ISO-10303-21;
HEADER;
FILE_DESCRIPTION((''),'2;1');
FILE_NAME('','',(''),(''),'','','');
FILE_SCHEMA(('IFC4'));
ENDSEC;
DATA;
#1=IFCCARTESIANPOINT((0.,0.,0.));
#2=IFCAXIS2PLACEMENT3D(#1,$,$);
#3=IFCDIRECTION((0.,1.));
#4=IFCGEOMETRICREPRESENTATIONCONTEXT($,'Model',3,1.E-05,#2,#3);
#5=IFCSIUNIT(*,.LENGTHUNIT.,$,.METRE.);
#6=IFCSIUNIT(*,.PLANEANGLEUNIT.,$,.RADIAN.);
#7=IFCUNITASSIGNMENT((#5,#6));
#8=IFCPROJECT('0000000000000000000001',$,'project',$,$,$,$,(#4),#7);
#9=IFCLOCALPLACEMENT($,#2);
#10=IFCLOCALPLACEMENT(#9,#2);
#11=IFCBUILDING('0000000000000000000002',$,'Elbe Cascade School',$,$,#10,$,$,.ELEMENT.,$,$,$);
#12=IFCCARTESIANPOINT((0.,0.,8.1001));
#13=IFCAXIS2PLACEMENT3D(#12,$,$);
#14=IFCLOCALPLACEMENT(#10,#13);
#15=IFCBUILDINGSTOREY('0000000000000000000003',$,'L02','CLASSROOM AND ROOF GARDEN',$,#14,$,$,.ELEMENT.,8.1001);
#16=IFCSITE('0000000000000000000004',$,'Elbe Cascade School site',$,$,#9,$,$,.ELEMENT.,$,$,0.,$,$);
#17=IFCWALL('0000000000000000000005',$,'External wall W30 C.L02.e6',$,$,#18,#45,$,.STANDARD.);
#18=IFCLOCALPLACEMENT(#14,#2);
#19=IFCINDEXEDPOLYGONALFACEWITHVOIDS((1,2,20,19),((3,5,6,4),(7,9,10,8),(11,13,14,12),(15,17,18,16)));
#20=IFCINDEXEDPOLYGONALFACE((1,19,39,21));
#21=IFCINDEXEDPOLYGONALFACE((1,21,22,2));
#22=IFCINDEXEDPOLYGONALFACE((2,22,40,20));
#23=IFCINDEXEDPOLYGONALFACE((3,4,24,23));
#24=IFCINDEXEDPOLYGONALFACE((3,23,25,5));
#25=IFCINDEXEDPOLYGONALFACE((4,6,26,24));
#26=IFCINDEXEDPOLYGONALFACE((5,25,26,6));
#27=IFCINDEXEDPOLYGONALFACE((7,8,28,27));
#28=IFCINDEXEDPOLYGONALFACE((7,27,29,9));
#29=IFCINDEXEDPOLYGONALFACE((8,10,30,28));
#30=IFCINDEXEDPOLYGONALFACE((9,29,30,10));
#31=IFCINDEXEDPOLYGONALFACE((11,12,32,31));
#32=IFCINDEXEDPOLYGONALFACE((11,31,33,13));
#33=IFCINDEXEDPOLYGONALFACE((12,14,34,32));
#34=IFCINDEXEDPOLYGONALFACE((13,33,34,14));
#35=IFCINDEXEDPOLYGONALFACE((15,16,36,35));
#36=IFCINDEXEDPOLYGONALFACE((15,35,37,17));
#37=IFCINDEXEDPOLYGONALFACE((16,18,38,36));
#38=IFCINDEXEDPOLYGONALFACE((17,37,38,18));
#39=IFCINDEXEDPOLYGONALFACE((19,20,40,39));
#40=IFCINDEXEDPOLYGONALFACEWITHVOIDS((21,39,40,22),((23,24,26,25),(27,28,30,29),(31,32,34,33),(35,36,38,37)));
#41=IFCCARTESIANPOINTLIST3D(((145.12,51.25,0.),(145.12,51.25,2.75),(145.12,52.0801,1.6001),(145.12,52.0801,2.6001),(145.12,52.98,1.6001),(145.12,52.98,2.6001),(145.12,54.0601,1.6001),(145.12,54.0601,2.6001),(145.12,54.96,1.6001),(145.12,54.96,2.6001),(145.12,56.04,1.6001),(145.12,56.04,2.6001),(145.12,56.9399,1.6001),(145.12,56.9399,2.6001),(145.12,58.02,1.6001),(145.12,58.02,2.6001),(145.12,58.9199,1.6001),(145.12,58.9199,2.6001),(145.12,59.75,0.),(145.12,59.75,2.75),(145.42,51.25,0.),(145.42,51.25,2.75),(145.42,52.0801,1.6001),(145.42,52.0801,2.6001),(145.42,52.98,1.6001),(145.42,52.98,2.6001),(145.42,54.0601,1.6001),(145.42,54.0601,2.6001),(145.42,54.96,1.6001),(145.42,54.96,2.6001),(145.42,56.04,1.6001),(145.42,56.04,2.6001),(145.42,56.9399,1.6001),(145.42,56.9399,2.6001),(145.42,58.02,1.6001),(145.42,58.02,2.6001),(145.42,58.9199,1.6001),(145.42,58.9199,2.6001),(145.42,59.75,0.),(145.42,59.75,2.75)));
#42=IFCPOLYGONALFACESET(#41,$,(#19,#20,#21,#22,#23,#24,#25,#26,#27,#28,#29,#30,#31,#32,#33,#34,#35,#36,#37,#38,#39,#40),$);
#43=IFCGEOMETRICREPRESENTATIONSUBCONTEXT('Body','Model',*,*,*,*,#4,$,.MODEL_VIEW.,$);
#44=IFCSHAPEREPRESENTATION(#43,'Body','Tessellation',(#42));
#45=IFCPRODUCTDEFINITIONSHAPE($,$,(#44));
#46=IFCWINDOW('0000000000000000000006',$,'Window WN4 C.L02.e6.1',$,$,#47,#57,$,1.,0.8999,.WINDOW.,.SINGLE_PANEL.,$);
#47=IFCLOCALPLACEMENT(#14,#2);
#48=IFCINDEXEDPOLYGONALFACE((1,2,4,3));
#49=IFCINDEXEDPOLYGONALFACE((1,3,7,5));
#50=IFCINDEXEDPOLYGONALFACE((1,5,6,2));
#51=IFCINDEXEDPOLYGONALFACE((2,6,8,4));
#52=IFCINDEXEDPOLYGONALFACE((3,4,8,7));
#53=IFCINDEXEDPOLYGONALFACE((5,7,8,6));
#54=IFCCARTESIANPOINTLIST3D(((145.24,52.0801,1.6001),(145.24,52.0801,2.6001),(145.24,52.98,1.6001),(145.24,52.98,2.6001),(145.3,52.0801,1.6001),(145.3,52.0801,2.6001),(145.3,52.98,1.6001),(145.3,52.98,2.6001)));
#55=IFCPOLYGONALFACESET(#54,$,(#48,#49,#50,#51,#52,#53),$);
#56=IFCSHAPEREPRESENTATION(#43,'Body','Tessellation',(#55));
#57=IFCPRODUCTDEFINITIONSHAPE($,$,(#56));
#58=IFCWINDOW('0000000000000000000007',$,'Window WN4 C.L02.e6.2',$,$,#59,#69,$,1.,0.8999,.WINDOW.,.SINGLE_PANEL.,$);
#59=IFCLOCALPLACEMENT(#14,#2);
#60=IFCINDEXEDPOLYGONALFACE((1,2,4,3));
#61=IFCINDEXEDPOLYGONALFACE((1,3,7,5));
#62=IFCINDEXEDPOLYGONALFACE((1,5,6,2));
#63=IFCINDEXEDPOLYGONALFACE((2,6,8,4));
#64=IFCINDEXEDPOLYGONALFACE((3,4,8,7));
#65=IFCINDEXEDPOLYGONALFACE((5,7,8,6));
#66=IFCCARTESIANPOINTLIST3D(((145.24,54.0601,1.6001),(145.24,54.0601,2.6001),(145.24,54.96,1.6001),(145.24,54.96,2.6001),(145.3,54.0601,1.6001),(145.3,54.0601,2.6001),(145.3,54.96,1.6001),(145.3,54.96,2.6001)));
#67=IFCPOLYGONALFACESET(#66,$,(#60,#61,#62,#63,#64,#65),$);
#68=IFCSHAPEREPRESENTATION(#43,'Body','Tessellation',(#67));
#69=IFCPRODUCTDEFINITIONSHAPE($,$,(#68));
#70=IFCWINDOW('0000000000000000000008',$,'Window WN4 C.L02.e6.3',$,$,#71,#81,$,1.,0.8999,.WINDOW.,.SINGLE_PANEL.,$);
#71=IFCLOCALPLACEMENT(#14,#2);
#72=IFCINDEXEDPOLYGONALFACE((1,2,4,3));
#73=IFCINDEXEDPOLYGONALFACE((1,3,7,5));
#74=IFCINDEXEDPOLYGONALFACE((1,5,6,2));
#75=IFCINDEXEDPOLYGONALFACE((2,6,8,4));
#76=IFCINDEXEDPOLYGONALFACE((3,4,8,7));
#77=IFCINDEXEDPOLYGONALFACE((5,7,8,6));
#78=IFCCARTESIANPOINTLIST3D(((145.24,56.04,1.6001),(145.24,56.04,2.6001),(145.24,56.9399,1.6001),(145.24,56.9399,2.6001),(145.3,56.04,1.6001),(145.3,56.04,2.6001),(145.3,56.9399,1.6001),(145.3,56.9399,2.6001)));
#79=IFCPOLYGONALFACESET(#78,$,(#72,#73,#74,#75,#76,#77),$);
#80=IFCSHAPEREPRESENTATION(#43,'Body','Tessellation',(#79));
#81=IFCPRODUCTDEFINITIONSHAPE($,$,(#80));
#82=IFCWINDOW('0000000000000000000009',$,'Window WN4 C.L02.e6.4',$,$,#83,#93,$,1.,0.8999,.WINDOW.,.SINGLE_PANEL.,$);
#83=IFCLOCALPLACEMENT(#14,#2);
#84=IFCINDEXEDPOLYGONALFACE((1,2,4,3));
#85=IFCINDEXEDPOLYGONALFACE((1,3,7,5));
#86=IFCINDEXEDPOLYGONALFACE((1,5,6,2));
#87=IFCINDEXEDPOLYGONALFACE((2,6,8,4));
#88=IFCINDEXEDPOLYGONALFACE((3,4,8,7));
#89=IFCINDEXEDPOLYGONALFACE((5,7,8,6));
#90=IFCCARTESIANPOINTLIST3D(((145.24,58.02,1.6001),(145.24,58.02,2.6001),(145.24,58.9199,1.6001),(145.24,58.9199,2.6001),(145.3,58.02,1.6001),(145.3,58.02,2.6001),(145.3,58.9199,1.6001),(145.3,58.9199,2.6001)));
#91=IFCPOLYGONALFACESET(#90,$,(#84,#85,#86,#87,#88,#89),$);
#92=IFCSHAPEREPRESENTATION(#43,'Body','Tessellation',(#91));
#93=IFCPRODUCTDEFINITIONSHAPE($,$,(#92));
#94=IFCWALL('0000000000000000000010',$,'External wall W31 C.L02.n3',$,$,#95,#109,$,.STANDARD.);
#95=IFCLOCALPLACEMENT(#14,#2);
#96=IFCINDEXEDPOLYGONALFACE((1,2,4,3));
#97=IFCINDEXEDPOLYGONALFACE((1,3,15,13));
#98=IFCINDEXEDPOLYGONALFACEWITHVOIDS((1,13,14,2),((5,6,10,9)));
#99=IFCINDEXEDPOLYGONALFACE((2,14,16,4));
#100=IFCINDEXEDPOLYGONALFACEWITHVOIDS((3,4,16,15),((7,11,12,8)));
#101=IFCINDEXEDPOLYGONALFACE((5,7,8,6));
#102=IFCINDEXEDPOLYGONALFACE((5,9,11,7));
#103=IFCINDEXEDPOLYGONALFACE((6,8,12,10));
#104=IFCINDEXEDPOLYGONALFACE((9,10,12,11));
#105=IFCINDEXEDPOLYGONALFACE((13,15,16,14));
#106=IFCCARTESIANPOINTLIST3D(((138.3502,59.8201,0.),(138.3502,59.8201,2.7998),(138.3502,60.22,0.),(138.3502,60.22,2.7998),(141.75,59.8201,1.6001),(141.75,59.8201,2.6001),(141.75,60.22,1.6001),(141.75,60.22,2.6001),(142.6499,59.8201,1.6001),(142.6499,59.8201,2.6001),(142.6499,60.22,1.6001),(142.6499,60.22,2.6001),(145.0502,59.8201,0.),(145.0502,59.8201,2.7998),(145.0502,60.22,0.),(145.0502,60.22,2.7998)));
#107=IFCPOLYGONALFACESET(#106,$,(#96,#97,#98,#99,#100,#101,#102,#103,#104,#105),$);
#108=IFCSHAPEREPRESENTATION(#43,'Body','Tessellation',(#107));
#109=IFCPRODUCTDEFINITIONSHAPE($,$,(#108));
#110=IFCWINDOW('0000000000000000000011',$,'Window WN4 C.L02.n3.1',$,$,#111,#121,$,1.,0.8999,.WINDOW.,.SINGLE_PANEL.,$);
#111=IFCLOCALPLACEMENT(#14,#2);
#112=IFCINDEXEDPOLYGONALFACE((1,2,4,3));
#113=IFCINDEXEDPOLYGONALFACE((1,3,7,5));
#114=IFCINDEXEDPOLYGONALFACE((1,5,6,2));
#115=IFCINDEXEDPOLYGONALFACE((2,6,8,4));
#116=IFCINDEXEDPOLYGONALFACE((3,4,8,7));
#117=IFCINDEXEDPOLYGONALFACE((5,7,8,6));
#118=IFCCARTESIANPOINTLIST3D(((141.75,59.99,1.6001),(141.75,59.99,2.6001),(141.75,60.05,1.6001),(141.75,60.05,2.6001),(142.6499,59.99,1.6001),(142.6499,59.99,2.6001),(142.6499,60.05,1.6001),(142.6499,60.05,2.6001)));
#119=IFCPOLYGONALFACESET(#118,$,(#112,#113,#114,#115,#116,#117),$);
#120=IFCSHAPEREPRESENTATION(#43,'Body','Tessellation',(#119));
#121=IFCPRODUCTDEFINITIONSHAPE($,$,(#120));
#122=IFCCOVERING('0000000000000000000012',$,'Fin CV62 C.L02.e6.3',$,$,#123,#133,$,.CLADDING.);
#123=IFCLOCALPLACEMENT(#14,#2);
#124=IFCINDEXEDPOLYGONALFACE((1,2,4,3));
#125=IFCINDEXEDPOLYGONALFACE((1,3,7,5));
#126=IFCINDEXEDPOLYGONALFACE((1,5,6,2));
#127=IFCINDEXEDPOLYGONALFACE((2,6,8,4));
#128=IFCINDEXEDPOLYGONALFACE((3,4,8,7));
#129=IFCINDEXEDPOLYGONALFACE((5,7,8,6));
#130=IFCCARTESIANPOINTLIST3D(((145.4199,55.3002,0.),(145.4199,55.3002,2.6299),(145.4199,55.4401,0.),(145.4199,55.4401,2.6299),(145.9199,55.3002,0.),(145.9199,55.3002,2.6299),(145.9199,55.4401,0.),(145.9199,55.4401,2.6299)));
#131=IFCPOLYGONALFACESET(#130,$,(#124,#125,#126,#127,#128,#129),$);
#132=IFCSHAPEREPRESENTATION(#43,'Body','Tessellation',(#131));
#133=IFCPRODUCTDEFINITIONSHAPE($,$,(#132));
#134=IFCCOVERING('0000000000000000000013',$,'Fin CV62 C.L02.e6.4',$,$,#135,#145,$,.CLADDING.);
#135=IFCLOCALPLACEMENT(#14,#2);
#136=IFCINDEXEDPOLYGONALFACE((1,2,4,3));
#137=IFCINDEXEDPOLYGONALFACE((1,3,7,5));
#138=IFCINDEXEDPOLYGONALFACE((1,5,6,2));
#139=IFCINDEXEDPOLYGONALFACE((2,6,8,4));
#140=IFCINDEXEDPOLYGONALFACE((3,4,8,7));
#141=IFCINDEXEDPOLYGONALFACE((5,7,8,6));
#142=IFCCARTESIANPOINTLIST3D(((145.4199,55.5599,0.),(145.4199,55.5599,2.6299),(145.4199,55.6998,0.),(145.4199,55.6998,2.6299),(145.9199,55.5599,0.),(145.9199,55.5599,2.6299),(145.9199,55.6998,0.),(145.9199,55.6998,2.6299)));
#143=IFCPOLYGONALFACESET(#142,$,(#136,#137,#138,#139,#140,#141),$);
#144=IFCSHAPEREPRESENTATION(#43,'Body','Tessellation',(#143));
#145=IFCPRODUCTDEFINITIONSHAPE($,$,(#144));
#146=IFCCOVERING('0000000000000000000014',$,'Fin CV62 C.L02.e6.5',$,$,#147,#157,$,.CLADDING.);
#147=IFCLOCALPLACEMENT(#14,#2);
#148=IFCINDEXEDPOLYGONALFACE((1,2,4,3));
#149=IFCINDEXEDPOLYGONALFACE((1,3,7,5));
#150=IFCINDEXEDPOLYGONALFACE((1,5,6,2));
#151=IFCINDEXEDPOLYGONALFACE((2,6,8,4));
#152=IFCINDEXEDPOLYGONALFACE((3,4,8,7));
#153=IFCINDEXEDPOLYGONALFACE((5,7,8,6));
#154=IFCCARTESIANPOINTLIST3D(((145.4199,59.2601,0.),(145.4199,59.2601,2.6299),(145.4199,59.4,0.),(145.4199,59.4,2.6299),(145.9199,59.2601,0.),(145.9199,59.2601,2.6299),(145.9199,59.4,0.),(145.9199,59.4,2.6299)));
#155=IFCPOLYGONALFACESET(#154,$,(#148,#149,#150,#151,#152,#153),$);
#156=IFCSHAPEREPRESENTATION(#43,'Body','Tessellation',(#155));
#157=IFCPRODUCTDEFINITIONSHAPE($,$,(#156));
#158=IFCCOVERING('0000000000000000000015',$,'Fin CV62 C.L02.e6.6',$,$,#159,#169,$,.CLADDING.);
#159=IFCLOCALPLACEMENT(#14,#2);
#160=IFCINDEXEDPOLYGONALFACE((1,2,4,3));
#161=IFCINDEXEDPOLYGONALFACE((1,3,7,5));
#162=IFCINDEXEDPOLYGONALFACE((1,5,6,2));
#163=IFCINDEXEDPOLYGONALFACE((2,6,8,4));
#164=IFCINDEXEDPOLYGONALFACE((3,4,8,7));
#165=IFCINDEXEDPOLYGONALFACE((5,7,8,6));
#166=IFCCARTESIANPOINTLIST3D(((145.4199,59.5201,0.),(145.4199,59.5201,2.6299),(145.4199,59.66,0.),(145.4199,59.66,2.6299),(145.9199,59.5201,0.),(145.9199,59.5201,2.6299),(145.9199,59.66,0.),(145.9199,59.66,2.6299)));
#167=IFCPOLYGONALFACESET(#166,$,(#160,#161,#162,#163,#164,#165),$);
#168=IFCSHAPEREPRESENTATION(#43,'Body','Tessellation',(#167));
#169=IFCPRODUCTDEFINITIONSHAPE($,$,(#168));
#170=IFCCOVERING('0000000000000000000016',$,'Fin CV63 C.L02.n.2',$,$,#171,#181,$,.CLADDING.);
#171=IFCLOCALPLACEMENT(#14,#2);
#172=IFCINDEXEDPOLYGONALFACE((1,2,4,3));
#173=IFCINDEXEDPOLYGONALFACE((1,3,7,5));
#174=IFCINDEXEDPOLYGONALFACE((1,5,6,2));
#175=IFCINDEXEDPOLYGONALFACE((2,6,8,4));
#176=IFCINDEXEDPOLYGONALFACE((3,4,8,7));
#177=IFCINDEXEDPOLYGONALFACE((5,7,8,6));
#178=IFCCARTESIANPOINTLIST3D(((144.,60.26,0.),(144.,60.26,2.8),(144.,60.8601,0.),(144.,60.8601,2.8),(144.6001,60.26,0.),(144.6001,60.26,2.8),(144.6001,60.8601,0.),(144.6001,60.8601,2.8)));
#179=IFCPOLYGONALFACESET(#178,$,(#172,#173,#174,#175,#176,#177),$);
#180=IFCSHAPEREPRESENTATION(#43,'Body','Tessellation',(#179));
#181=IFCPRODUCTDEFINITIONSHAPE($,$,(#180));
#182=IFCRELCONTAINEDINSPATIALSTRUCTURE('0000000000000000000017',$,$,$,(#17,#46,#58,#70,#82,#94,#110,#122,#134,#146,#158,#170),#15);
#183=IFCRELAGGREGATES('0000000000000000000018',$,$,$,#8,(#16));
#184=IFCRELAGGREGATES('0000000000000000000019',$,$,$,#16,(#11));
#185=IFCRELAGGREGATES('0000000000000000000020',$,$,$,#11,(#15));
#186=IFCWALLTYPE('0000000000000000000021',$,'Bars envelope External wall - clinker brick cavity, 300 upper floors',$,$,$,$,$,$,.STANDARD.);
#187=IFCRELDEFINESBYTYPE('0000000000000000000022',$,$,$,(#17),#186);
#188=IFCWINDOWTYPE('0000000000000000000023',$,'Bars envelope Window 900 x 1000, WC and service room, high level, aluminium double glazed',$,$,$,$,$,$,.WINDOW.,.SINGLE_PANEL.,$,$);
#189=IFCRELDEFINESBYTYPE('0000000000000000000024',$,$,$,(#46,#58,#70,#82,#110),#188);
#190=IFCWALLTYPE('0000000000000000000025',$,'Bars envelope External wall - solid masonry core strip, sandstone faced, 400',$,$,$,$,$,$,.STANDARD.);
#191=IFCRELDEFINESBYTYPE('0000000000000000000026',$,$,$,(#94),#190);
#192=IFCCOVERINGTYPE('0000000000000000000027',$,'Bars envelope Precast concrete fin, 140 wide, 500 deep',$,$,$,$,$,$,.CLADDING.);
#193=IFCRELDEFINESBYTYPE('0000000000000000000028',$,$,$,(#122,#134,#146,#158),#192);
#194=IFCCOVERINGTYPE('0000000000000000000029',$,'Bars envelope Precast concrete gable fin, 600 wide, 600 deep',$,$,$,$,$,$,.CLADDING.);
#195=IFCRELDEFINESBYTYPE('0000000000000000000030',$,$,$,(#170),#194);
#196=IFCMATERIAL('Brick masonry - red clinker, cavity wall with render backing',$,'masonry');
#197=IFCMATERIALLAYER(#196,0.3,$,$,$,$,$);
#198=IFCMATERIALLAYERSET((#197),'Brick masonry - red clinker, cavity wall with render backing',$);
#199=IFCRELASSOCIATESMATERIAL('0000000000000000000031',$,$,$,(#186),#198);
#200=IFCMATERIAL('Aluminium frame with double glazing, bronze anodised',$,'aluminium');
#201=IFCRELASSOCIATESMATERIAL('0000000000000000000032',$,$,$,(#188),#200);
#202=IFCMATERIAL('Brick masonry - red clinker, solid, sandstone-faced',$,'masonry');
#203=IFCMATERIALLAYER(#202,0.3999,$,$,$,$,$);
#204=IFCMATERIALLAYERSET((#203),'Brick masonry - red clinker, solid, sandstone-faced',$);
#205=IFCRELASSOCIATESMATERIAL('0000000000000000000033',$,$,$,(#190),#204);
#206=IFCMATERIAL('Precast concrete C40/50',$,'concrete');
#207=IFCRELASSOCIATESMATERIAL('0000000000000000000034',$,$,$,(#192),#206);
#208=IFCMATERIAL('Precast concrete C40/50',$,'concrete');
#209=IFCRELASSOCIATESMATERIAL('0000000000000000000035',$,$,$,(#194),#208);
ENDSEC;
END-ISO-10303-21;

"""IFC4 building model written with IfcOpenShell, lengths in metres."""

from ifc_helpers import new_model, si_unit, direction, frame, frame_2d, origin, origin_2d, place, context, subcontext, project, spatial, rectangle, extrude, material, layer, layer_set, type_object, element, fill, save


model = new_model("IFC4")

# Units and contexts
model_context = context("Model", 3, precision=1e-05, world=origin(), true_north=direction((0.0, 1.0)))
body_context = subcontext(model_context, "Body", "Model", "MODEL_VIEW")
ifc_project = project(units=[si_unit("LENGTHUNIT", "METRE"), si_unit("PLANEANGLEUNIT", "RADIAN")], contexts=[model_context])

# Site, building, storey
site_placement = place(None, origin())
site = spatial("IfcSite", under=ifc_project, at=site_placement, Name="Elbe Cascade School site", CompositionType="ELEMENT", RefElevation=0.0)
building_placement = place(site_placement, origin())
building = spatial("IfcBuilding", under=site, at=building_placement, Name="Elbe Cascade School", CompositionType="ELEMENT")
storey_placement = place(building_placement, frame((0.0, 0.0, 8.1001)))
storey = spatial("IfcBuildingStorey", under=building, at=storey_placement, Name="L02", Description="CLASSROOM AND ROOF GARDEN", CompositionType="ELEMENT", Elevation=8.1001)

# Wall, openings, windows
ifc_material_1 = material(Name="Brick masonry - red clinker, cavity wall with render backing", Category="masonry")
ifc_layer_1 = layer(ifc_material_1, 0.3)
ifc_layer_set_1 = layer_set([ifc_layer_1], Name="Brick masonry - red clinker, cavity wall with render backing")
wall_type_1 = type_object("IfcWallType", Name="Bars envelope External wall - clinker brick cavity, 300 upper floors", PredefinedType="STANDARD", material=ifc_layer_set_1)
wall_1_placement = place(storey_placement, frame((145.27, 59.75, 0.0), z_axis=(0.0, 0.0, 1.0), x_axis=(0.0, -1.0, 0.0)))
wall_1 = element("IfcWall", 1, at=wall_1_placement, inside=storey, type_object=wall_type_1, Name="External wall W30 C.L02.e6", PredefinedType="STANDARD", context=body_context, shape_type="SweptSolid", body=[
    extrude(rectangle(XDim=8.5, YDim=0.3, at=frame_2d((4.25, 0.0))), origin(), (0.0, 0.0, 1.0), 2.75),
])
opening_1_placement = place(wall_1_placement, frame((6.77, 0.0, 1.6001)))
opening_1 = element("IfcOpeningElement", 2, at=opening_1_placement, cuts=wall_1, PredefinedType="OPENING", context=body_context, shape_type="SweptSolid", body=[
    extrude(rectangle(XDim=0.8999, YDim=1.0, at=frame_2d((0.45, 0.5))), frame((0.0, 0.1599, 0.0), z_axis=(0.0, -1.0, 0.0), x_axis=(1.0, 0.0, 0.0)), (0.0, 0.0, 1.0), 0.3201),
])
opening_2_placement = place(wall_1_placement, frame((4.79, 0.0, 1.6001)))
opening_2 = element("IfcOpeningElement", 3, at=opening_2_placement, cuts=wall_1, PredefinedType="OPENING", context=body_context, shape_type="SweptSolid", body=[
    extrude(rectangle(XDim=0.8999, YDim=1.0, at=frame_2d((0.45, 0.5))), frame((0.0, 0.1599, 0.0), z_axis=(0.0, -1.0, 0.0), x_axis=(1.0, 0.0, 0.0)), (0.0, 0.0, 1.0), 0.3201),
])
opening_3_placement = place(wall_1_placement, frame((2.8101, 0.0, 1.6001)))
opening_3 = element("IfcOpeningElement", 4, at=opening_3_placement, cuts=wall_1, PredefinedType="OPENING", context=body_context, shape_type="SweptSolid", body=[
    extrude(rectangle(XDim=0.8999, YDim=1.0, at=frame_2d((0.45, 0.5))), frame((0.0, 0.1599, 0.0), z_axis=(0.0, -1.0, 0.0), x_axis=(1.0, 0.0, 0.0)), (0.0, 0.0, 1.0), 0.3201),
])
opening_4_placement = place(wall_1_placement, frame((0.8301, 0.0, 1.6001)))
opening_4 = element("IfcOpeningElement", 5, at=opening_4_placement, cuts=wall_1, PredefinedType="OPENING", context=body_context, shape_type="SweptSolid", body=[
    extrude(rectangle(XDim=0.8999, YDim=1.0, at=frame_2d((0.45, 0.5))), frame((0.0, 0.1599, 0.0), z_axis=(0.0, -1.0, 0.0), x_axis=(1.0, 0.0, 0.0)), (0.0, 0.0, 1.0), 0.3201),
])
ifc_material_2 = material(Name="Aluminium frame with double glazing, bronze anodised", Category="aluminium")
window_type = type_object("IfcWindowType", Name="Bars envelope Window 900 x 1000, WC and service room, high level, aluminium double glazed", PartitioningType="SINGLE_PANEL", PredefinedType="WINDOW", material=ifc_material_2)
window_1_placement = place(opening_1_placement, origin())
window_1 = element("IfcWindow", 6, at=window_1_placement, inside=storey, type_object=window_type, Name="Window WN4 C.L02.e6.1", OverallHeight=1.0, OverallWidth=0.8999, PartitioningType="SINGLE_PANEL", PredefinedType="WINDOW", context=body_context, shape_type="SweptSolid", body=[
    extrude(rectangle(XDim=0.8999, YDim=1.0, at=frame_2d((0.45, 0.5))), frame((0.0, 0.03, 0.0), z_axis=(0.0, -1.0, 0.0), x_axis=(1.0, 0.0, 0.0)), (0.0, 0.0, 1.0), 0.0601),
])
fill(opening_1, window_1)
window_2_placement = place(opening_2_placement, origin())
window_2 = element("IfcWindow", 7, at=window_2_placement, inside=storey, type_object=window_type, Name="Window WN4 C.L02.e6.2", OverallHeight=1.0, OverallWidth=0.8999, PartitioningType="SINGLE_PANEL", PredefinedType="WINDOW", context=body_context, shape_type="SweptSolid", body=[
    extrude(rectangle(XDim=0.8999, YDim=1.0, at=frame_2d((0.45, 0.5))), frame((0.0, 0.03, 0.0), z_axis=(0.0, -1.0, 0.0), x_axis=(1.0, 0.0, 0.0)), (0.0, 0.0, 1.0), 0.0601),
])
fill(opening_2, window_2)
window_3_placement = place(opening_3_placement, origin())
window_3 = element("IfcWindow", 8, at=window_3_placement, inside=storey, type_object=window_type, Name="Window WN4 C.L02.e6.3", OverallHeight=1.0, OverallWidth=0.8999, PartitioningType="SINGLE_PANEL", PredefinedType="WINDOW", context=body_context, shape_type="SweptSolid", body=[
    extrude(rectangle(XDim=0.8999, YDim=1.0, at=frame_2d((0.45, 0.5))), frame((0.0, 0.03, 0.0), z_axis=(0.0, -1.0, 0.0), x_axis=(1.0, 0.0, 0.0)), (0.0, 0.0, 1.0), 0.0601),
])
fill(opening_3, window_3)
window_4_placement = place(opening_4_placement, origin())
window_4 = element("IfcWindow", 9, at=window_4_placement, inside=storey, type_object=window_type, Name="Window WN4 C.L02.e6.4", OverallHeight=1.0, OverallWidth=0.8999, PartitioningType="SINGLE_PANEL", PredefinedType="WINDOW", context=body_context, shape_type="SweptSolid", body=[
    extrude(rectangle(XDim=0.8999, YDim=1.0, at=frame_2d((0.45, 0.5))), frame((0.0, 0.03, 0.0), z_axis=(0.0, -1.0, 0.0), x_axis=(1.0, 0.0, 0.0)), (0.0, 0.0, 1.0), 0.0601),
])
fill(opening_4, window_4)

# Wall, opening, window
ifc_material_3 = material(Name="Brick masonry - red clinker, solid, sandstone-faced", Category="masonry")
ifc_layer_2 = layer(ifc_material_3, 0.3999)
ifc_layer_set_2 = layer_set([ifc_layer_2], Name="Brick masonry - red clinker, solid, sandstone-faced")
wall_type_2 = type_object("IfcWallType", Name="Bars envelope External wall - solid masonry core strip, sandstone faced, 400", PredefinedType="STANDARD", material=ifc_layer_set_2)
wall_2_placement = place(storey_placement, frame((138.3501, 60.02, 0.0), z_axis=(0.0, 0.0, 1.0), x_axis=(1.0, 0.0, 0.0)))
wall_2 = element("IfcWall", 10, at=wall_2_placement, inside=storey, type_object=wall_type_2, Name="External wall W31 C.L02.n3", PredefinedType="STANDARD", context=body_context, shape_type="SweptSolid", body=[
    extrude(rectangle(XDim=6.7, YDim=0.3999, at=frame_2d((3.3501, 0.0))), origin(), (0.0, 0.0, 1.0), 2.7998),
])
opening_5_placement = place(wall_2_placement, frame((3.3999, 0.0, 1.6001)))
opening_5 = element("IfcOpeningElement", 11, at=opening_5_placement, cuts=wall_2, PredefinedType="OPENING", context=body_context, shape_type="SweptSolid", body=[
    extrude(rectangle(XDim=0.8999, YDim=1.0, at=frame_2d((0.45, 0.5))), frame((0.0, 0.21, 0.0), z_axis=(0.0, -1.0, 0.0), x_axis=(1.0, 0.0, 0.0)), (0.0, 0.0, 1.0), 0.4199),
])
window_5_placement = place(opening_5_placement, origin())
window_5 = element("IfcWindow", 12, at=window_5_placement, inside=storey, type_object=window_type, Name="Window WN4 C.L02.n3.1", OverallHeight=1.0, OverallWidth=0.8999, PartitioningType="SINGLE_PANEL", PredefinedType="WINDOW", context=body_context, shape_type="SweptSolid", body=[
    extrude(rectangle(XDim=0.8999, YDim=1.0, at=frame_2d((0.45, 0.5))), frame((0.0, 0.03, 0.0), z_axis=(0.0, -1.0, 0.0), x_axis=(1.0, 0.0, 0.0)), (0.0, 0.0, 1.0), 0.0601),
])
fill(opening_5, window_5)

# Coverings
ifc_material_4 = material(Name="Precast concrete C40/50", Category="concrete")
covering_type_1 = type_object("IfcCoveringType", Name="Bars envelope Precast concrete fin, 140 wide, 500 deep", PredefinedType="CLADDING", material=ifc_material_4)
for number, where, z_axis, x_axis, name in (
    (13, (145.6699, 55.3701, 0.0), (0.0, 0.0, 1.0), (0.0, 1.0, 0.0), "Fin CV62 C.L02.e6.3"),
    (14, (145.6699, 55.6299, 0.0), (0.0, 0.0, 1.0), (0.0, 1.0, 0.0), "Fin CV62 C.L02.e6.4"),
    (15, (145.6699, 59.3301, 0.0), (0.0, 0.0, 1.0), (0.0, 1.0, 0.0), "Fin CV62 C.L02.e6.5"),
    (16, (145.6699, 59.5901, 0.0), (0.0, 0.0, 1.0), (0.0, 1.0, 0.0), "Fin CV62 C.L02.e6.6"),
):
    element("IfcCovering", number, at=place(storey_placement, frame(where, z_axis=z_axis, x_axis=x_axis)), inside=storey, type_object=covering_type_1, Name=name, PredefinedType="CLADDING", context=body_context, shape_type="SweptSolid", body=[
        extrude(rectangle(XDim=0.1399, YDim=0.5, at=origin_2d()), origin(), (0.0, 0.0, 1.0), 2.6299),
    ])
ifc_material_5 = material(Name="Precast concrete C40/50", Category="concrete")
covering_type_2 = type_object("IfcCoveringType", Name="Bars envelope Precast concrete gable fin, 600 wide, 600 deep", PredefinedType="CLADDING", material=ifc_material_5)
covering_1_placement = place(storey_placement, frame((144.3, 60.5601, 0.0), z_axis=(0.0, 0.0, 1.0), x_axis=(1.0, 0.0, 0.0)))
element("IfcCovering", 17, at=covering_1_placement, inside=storey, type_object=covering_type_2, Name="Fin CV63 C.L02.n.2", PredefinedType="CLADDING", context=body_context, shape_type="SweptSolid", body=[
    extrude(rectangle(XDim=0.6001, YDim=0.6001, at=origin_2d()), origin(), (0.0, 0.0, 1.0), 2.8),
])

save(model, "model.ifc")
